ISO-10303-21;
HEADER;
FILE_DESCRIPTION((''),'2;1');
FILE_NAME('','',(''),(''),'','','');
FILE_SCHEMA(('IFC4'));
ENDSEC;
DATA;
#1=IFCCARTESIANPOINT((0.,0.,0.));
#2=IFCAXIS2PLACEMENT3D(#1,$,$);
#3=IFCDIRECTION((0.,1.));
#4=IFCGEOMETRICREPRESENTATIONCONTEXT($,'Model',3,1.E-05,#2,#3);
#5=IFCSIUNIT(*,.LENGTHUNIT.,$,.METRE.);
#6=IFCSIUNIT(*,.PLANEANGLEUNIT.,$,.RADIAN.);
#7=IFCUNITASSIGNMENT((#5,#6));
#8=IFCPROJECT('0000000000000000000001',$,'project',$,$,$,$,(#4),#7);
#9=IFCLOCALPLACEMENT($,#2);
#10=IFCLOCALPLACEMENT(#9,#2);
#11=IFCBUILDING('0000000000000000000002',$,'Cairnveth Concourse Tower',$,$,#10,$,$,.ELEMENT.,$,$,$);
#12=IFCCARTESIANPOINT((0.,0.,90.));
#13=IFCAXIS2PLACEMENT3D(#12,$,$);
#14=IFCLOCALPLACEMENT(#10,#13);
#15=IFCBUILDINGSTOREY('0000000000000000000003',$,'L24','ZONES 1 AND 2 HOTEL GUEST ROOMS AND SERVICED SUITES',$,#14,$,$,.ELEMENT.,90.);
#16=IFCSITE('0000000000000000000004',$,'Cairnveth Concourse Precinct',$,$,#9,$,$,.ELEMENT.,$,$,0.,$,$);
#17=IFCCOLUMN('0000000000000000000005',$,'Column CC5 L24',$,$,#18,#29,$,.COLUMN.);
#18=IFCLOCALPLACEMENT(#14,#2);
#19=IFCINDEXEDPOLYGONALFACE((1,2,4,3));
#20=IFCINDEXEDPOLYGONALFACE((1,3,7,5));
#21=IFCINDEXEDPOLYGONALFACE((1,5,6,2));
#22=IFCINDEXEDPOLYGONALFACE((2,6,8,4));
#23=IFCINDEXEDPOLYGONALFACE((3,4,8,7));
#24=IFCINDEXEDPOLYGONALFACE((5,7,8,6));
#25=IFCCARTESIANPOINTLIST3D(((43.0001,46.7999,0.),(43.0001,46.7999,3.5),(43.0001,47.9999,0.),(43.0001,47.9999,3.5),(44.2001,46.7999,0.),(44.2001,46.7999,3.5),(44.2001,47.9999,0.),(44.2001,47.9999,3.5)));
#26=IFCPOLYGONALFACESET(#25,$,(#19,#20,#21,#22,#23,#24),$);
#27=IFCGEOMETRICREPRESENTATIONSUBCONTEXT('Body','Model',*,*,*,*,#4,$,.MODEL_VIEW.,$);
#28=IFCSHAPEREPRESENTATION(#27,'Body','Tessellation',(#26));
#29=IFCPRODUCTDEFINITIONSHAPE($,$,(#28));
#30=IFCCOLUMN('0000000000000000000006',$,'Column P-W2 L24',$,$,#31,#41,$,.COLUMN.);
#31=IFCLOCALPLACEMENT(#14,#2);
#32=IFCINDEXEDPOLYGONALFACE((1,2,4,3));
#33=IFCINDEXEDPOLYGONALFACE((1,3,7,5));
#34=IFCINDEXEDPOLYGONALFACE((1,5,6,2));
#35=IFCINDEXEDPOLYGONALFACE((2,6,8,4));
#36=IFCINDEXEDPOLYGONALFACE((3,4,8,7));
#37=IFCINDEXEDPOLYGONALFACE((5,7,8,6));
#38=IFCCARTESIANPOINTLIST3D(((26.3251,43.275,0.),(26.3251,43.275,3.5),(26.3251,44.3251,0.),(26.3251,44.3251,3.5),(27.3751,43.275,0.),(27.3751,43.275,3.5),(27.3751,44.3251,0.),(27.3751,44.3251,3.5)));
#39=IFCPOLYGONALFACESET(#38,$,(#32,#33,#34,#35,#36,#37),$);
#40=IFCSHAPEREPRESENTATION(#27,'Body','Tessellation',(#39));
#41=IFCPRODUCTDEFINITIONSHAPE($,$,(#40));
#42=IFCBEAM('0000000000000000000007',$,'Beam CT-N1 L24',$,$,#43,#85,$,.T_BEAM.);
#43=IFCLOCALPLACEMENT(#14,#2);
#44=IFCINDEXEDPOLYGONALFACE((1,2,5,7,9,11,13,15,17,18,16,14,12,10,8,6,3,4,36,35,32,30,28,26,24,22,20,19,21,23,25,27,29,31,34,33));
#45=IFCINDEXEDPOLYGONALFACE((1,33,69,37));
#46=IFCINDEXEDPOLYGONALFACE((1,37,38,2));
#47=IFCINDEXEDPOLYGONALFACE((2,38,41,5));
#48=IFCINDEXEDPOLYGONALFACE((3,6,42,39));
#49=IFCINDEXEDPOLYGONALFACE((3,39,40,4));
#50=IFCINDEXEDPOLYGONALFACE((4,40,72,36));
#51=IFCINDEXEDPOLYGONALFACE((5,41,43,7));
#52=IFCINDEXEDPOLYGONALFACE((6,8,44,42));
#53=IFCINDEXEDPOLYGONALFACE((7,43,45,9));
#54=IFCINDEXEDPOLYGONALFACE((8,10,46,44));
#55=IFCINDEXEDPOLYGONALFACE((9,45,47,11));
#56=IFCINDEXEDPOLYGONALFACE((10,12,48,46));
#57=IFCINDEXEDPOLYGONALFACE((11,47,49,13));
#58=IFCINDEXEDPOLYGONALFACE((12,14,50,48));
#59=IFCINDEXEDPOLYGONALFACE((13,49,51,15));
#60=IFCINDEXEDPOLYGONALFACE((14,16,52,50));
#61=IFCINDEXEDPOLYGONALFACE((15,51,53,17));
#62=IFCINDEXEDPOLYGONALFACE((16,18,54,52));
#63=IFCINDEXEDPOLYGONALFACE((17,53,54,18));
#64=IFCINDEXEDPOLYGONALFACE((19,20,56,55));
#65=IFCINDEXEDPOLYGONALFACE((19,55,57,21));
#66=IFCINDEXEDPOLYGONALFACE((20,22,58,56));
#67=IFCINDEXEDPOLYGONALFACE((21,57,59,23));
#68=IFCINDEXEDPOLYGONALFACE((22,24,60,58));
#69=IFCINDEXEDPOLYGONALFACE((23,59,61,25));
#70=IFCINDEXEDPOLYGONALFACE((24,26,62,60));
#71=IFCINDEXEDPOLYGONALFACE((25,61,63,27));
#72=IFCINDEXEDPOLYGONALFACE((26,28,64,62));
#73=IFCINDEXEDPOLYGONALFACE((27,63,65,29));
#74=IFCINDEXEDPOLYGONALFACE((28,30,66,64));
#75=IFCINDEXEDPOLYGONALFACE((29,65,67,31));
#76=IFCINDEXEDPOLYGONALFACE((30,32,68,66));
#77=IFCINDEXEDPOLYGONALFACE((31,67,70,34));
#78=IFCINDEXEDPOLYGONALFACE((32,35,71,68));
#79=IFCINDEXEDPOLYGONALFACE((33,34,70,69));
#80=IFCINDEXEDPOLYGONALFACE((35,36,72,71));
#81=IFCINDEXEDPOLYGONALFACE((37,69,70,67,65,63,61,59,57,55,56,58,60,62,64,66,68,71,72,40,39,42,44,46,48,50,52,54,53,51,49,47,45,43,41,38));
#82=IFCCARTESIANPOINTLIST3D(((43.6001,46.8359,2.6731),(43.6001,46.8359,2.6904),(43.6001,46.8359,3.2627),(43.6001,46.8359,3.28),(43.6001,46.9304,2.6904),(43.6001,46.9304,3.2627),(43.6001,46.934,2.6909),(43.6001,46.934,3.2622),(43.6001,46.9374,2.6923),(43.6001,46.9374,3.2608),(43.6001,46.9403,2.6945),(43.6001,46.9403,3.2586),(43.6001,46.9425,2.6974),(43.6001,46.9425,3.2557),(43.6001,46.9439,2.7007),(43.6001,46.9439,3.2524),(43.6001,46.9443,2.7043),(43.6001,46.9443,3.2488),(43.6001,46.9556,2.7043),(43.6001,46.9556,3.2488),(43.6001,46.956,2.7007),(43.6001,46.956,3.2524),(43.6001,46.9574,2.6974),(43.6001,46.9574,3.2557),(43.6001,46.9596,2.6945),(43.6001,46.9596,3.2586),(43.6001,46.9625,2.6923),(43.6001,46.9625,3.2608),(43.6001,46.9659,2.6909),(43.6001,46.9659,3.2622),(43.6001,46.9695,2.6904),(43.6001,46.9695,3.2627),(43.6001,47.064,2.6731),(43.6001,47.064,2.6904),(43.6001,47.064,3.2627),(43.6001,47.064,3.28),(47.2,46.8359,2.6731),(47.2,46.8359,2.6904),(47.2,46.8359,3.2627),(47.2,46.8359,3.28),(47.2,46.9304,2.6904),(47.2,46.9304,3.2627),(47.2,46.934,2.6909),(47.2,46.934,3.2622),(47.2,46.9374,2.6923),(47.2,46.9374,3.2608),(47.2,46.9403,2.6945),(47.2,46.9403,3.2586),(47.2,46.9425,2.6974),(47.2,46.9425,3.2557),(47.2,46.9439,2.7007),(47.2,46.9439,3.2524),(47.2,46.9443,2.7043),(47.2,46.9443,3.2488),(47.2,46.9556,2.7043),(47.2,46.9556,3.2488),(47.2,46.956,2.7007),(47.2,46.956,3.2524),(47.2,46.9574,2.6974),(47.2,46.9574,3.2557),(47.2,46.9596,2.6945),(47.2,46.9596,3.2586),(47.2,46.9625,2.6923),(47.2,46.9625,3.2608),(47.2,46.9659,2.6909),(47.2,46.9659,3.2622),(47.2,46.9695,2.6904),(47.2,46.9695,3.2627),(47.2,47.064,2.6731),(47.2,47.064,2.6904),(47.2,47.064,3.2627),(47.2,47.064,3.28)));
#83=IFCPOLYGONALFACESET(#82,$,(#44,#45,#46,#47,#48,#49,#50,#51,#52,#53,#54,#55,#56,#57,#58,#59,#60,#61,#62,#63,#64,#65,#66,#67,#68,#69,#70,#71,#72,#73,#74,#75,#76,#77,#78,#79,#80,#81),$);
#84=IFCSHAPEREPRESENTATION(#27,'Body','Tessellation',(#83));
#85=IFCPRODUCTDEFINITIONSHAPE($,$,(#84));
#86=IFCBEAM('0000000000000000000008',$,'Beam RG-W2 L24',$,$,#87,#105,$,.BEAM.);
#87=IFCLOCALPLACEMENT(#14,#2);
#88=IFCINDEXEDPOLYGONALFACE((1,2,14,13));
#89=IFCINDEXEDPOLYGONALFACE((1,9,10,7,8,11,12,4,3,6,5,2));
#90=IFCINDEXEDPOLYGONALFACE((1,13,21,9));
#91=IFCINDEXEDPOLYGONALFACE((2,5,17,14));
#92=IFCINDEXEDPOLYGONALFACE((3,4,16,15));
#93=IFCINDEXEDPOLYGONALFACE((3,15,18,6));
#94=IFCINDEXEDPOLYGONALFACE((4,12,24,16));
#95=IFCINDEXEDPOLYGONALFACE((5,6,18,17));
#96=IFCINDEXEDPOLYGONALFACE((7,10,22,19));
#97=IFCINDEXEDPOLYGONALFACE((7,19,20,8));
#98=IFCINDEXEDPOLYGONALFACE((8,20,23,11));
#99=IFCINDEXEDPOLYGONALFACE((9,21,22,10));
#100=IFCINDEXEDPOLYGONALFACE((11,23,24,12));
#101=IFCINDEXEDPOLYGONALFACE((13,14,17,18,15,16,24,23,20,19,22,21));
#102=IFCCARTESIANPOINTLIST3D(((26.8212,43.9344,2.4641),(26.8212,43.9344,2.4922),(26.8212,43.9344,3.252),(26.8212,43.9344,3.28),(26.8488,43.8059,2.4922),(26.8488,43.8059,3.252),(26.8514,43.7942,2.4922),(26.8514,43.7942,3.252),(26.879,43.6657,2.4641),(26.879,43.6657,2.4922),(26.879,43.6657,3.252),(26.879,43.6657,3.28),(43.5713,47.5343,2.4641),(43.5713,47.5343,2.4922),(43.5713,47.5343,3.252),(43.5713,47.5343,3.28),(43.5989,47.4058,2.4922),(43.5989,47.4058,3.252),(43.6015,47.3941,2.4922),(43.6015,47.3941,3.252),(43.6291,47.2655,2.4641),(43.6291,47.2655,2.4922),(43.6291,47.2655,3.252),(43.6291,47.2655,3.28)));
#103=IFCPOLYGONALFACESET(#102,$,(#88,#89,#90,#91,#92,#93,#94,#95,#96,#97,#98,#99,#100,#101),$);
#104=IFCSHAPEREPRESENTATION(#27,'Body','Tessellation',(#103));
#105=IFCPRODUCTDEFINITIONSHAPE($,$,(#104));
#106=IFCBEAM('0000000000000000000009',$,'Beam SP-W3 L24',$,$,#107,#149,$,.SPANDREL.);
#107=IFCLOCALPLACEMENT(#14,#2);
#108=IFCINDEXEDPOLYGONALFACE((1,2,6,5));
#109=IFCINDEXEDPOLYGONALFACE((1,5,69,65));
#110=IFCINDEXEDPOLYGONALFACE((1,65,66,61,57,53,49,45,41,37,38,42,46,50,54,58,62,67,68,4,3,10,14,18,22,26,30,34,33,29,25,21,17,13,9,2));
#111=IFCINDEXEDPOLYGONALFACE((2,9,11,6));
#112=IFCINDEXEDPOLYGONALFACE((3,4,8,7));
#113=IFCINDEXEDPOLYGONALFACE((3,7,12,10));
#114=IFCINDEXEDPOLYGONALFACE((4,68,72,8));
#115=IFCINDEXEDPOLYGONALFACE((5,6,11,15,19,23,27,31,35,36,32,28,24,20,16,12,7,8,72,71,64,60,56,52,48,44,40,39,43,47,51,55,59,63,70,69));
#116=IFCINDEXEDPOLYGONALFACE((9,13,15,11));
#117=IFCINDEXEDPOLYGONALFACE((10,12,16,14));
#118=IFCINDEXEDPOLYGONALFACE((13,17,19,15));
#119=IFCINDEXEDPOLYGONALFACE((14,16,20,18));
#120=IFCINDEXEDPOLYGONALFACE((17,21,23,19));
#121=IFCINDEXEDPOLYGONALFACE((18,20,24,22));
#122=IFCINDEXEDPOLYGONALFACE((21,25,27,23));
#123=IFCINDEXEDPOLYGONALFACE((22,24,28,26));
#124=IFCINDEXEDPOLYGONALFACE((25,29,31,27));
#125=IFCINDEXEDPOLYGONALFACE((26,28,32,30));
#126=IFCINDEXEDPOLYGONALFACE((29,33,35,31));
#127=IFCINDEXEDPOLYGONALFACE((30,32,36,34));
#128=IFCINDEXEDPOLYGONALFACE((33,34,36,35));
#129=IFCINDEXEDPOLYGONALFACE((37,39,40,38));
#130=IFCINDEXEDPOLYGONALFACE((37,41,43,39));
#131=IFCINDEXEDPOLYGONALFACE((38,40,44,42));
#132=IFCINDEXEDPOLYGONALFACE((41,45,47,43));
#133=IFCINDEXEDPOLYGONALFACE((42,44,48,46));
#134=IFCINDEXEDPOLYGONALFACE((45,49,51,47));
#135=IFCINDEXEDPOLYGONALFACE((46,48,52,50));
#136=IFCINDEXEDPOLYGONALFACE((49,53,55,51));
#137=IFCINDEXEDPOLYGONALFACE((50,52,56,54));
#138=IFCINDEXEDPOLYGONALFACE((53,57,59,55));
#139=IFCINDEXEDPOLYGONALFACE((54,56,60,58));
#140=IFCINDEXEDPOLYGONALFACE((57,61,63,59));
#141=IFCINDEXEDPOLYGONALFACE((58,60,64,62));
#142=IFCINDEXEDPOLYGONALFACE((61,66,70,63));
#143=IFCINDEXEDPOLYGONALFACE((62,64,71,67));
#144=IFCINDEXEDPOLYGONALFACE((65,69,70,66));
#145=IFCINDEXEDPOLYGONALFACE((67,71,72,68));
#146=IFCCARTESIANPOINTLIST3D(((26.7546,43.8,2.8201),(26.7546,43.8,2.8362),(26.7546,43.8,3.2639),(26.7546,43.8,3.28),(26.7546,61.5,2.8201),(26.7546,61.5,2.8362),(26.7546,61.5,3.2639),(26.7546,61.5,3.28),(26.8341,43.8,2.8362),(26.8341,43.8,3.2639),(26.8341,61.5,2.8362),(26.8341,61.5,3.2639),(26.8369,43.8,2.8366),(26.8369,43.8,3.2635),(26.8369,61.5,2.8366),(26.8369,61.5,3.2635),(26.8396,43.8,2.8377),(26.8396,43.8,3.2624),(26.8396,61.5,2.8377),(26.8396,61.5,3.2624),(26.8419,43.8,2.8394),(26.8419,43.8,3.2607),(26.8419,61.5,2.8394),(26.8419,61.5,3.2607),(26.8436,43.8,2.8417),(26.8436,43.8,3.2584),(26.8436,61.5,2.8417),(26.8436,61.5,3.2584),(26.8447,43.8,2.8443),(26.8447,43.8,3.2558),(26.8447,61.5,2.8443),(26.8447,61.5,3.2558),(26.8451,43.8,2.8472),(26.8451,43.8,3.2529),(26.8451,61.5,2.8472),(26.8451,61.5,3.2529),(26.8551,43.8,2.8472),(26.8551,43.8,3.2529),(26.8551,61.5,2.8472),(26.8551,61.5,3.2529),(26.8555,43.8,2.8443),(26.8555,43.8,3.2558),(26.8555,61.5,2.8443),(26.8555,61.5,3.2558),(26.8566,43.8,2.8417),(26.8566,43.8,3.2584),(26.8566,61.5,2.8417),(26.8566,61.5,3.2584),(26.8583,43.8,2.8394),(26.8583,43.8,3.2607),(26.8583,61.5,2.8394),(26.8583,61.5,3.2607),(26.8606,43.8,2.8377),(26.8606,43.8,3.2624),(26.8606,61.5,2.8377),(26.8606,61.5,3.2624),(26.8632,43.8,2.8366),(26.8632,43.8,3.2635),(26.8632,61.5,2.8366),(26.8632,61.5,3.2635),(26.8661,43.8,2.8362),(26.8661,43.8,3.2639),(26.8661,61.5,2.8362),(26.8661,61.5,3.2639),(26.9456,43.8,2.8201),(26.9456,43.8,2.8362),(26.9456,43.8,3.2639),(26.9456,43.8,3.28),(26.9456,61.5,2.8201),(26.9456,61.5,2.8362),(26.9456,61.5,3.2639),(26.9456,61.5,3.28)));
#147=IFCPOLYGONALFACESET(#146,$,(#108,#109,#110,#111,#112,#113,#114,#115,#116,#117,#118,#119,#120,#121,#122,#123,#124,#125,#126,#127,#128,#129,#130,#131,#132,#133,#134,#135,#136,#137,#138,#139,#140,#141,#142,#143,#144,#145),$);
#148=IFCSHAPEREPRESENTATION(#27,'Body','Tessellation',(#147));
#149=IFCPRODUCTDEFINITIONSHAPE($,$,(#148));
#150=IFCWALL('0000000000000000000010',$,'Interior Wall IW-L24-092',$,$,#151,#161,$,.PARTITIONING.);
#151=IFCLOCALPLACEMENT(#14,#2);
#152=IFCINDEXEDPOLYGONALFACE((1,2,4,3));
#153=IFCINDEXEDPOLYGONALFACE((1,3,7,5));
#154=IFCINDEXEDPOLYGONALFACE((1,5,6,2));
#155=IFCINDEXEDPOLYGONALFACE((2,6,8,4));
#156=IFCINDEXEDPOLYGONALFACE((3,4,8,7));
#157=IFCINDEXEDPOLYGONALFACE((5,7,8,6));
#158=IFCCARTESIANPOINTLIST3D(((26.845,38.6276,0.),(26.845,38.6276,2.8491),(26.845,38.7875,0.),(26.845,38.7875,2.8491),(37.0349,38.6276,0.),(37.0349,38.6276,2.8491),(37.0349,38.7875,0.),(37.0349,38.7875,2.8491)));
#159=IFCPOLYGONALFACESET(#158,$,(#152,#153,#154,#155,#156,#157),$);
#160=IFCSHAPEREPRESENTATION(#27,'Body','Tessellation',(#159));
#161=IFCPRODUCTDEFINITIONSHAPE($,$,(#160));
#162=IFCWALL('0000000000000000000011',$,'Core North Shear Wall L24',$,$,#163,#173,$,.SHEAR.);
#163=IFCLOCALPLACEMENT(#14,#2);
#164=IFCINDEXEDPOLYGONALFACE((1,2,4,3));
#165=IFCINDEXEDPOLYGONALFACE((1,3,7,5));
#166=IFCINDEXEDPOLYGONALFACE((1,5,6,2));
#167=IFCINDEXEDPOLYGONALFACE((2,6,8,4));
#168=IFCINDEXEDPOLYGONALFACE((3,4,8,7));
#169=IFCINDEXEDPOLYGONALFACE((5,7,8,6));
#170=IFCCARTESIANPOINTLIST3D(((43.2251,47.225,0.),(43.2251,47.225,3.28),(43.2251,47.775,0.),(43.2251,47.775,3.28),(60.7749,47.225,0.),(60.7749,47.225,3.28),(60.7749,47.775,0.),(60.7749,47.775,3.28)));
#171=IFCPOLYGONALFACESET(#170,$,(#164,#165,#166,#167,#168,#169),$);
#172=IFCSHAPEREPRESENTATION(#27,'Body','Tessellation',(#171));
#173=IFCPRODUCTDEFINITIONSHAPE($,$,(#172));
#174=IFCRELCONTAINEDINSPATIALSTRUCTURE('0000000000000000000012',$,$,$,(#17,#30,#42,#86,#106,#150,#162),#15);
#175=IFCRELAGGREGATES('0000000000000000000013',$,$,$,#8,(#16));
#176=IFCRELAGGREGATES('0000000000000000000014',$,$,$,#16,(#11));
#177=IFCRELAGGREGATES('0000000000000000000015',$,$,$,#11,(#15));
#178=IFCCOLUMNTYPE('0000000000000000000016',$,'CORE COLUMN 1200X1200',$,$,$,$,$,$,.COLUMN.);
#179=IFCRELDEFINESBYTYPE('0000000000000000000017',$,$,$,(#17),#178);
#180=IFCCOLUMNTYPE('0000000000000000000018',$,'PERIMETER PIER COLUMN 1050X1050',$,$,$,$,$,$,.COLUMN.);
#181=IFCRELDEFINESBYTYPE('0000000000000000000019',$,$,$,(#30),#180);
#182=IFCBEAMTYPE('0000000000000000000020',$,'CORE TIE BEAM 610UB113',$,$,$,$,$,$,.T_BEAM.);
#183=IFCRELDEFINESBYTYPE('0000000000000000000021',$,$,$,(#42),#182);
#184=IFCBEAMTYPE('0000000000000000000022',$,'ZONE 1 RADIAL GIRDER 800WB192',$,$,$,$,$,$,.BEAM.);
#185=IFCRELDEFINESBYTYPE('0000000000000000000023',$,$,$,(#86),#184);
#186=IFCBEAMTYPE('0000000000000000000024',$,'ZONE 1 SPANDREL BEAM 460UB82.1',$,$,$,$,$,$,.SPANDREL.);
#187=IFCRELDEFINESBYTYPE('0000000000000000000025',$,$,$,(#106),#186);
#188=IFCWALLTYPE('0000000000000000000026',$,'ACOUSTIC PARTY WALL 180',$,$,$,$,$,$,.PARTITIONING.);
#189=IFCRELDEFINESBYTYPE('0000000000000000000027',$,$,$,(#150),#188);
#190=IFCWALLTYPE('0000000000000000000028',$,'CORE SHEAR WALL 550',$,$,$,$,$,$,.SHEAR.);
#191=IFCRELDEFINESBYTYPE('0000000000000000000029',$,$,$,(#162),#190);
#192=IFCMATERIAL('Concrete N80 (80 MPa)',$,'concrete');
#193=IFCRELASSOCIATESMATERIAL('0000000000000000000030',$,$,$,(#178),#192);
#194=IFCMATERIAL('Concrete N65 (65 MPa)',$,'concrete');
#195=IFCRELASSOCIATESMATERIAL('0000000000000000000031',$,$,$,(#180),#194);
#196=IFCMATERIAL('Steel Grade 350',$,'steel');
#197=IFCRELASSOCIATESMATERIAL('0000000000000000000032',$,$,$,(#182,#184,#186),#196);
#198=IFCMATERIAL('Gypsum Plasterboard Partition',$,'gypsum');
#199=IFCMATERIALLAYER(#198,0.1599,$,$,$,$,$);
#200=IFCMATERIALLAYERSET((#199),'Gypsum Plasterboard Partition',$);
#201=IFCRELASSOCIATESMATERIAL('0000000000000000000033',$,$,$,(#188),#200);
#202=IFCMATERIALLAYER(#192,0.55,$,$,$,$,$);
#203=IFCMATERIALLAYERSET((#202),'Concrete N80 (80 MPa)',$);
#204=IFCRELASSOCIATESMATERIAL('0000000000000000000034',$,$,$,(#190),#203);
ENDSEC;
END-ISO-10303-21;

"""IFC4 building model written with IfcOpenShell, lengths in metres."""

from ifc_helpers import new_model, si_unit, direction, frame, frame_2d, origin, origin_2d, place, context, subcontext, project, spatial, rectangle, i_section, extrude, material, layer, layer_set, material_profile, profile_set, type_object, element, save


model = new_model("IFC4")

# Units and contexts
model_context = context("Model", 3, precision=1e-05, world=origin(), true_north=direction((0.0, 1.0)))
body_context = subcontext(model_context, "Body", "Model", "MODEL_VIEW")
ifc_project = project(units=[si_unit("LENGTHUNIT", "METRE"), si_unit("PLANEANGLEUNIT", "RADIAN")], contexts=[model_context])

# Site, building, storey
site_placement = place(None, origin())
site = spatial("IfcSite", under=ifc_project, at=site_placement, Name="Cairnveth Concourse Precinct", CompositionType="ELEMENT", RefElevation=0.0)
building_placement = place(site_placement, origin())
building = spatial("IfcBuilding", under=site, at=building_placement, Name="Cairnveth Concourse Tower", CompositionType="ELEMENT")
storey_placement = place(building_placement, frame((0.0, 0.0, 90.0)))
storey = spatial("IfcBuildingStorey", under=building, at=storey_placement, Name="L24", Description="ZONES 1 AND 2 HOTEL GUEST ROOMS AND SERVICED SUITES", CompositionType="ELEMENT", Elevation=90.0)

# Columns
ifc_material_1 = material(Name="Concrete N80 (80 MPa)", Category="concrete")
ifc_material_profile_1 = material_profile(ifc_material_1, rectangle(XDim=1.2, YDim=1.2, at=origin_2d()), Name="RC-COL-1200x1200")
ifc_profile_set_1 = profile_set([ifc_material_profile_1], Name="Concrete N80 (80 MPa)")
column_type_1 = type_object("IfcColumnType", Name="CORE COLUMN 1200X1200", PredefinedType="COLUMN", material=ifc_profile_set_1)
column_1_placement = place(storey_placement, frame((43.6001, 47.3999, 0.0), z_axis=(0.0, 0.0, 1.0), x_axis=(1.0, 0.0, 0.0)))
element("IfcColumn", 1, at=column_1_placement, inside=storey, type_object=column_type_1, Name="Column CC5 L24", PredefinedType="COLUMN", context=body_context, shape_type="SweptSolid", body=[
    extrude(rectangle(XDim=1.2, YDim=1.2, at=origin_2d()), origin(), (0.0, 0.0, 1.0), 3.5),
])
ifc_material_2 = material(Name="Concrete N65 (65 MPa)", Category="concrete")
ifc_material_profile_2 = material_profile(ifc_material_2, rectangle(XDim=1.05, YDim=1.05, at=origin_2d()), Name="RC-COL-1050x1050")
ifc_profile_set_2 = profile_set([ifc_material_profile_2], Name="Concrete N65 (65 MPa)")
column_type_2 = type_object("IfcColumnType", Name="PERIMETER PIER COLUMN 1050X1050", PredefinedType="COLUMN", material=ifc_profile_set_2)
column_2_placement = place(storey_placement, frame((26.8501, 43.8, 0.0), z_axis=(0.0, 0.0, 1.0), x_axis=(0.0, 1.0, 0.0)))
element("IfcColumn", 2, at=column_2_placement, inside=storey, type_object=column_type_2, Name="Column P-W2 L24", PredefinedType="COLUMN", context=body_context, shape_type="SweptSolid", body=[
    extrude(rectangle(XDim=1.05, YDim=1.05, at=origin_2d()), origin(), (0.0, 0.0, 1.0), 3.5),
])

# Beams
ifc_material_3 = material(Name="Steel Grade 350", Category="steel")
ifc_material_profile_3 = material_profile(ifc_material_3, i_section(OverallWidth=0.228, OverallDepth=0.6069, WebThickness=0.0112, FlangeThickness=0.0173, FilletRadius=0.0139, at=origin_2d()), Name="610UB113")
ifc_profile_set_3 = profile_set([ifc_material_profile_3], Name="Steel Grade 350")
beam_type_1 = type_object("IfcBeamType", Name="CORE TIE BEAM 610UB113", PredefinedType="T_BEAM", material=ifc_profile_set_3)
beam_1_placement = place(storey_placement, frame((43.6001, 46.95, 2.9766), z_axis=(1.0, 0.0, 0.0), x_axis=(0.0, 1.0, 0.0)))
element("IfcBeam", 3, at=beam_1_placement, inside=storey, type_object=beam_type_1, Name="Beam CT-N1 L24", PredefinedType="T_BEAM", context=body_context, shape_type="SweptSolid", body=[
    extrude(i_section(OverallWidth=0.228, OverallDepth=0.6069, WebThickness=0.0112, FlangeThickness=0.0173, FilletRadius=0.0139, at=origin_2d()), origin(), (0.0, 0.0, 1.0), 3.5999),
])
ifc_material_profile_4 = material_profile(ifc_material_3, i_section(OverallWidth=0.2749, OverallDepth=0.8159, WebThickness=0.012, FlangeThickness=0.0281, at=origin_2d()), Name="800WB192")
ifc_profile_set_4 = profile_set([ifc_material_profile_4], Name="Steel Grade 350")
beam_type_2 = type_object("IfcBeamType", Name="ZONE 1 RADIAL GIRDER 800WB192", PredefinedType="BEAM", material=ifc_profile_set_4)
beam_2_placement = place(storey_placement, frame((26.8501, 43.8, 2.8721), z_axis=(0.977676, 0.210119, 0.0), x_axis=(-0.210119, 0.977676, 0.0)))
element("IfcBeam", 4, at=beam_2_placement, inside=storey, type_object=beam_type_2, Name="Beam RG-W2 L24", PredefinedType="BEAM", context=body_context, shape_type="SweptSolid", body=[
    extrude(i_section(OverallWidth=0.2749, OverallDepth=0.8159, WebThickness=0.012, FlangeThickness=0.0281, at=origin_2d()), origin(), (0.0, 0.0, 1.0), 17.1326),
])
ifc_material_profile_5 = material_profile(ifc_material_3, i_section(OverallWidth=0.1909, OverallDepth=0.46, WebThickness=0.01, FlangeThickness=0.0161, FilletRadius=0.011, at=origin_2d()), Name="460UB82.1")
ifc_profile_set_5 = profile_set([ifc_material_profile_5], Name="Steel Grade 350")
beam_type_3 = type_object("IfcBeamType", Name="ZONE 1 SPANDREL BEAM 460UB82.1", PredefinedType="SPANDREL", material=ifc_profile_set_5)
beam_3_placement = place(storey_placement, frame((26.8501, 43.8, 3.05), z_axis=(0.0, 1.0, 0.0), x_axis=(-1.0, 0.0, 0.0)))
element("IfcBeam", 5, at=beam_3_placement, inside=storey, type_object=beam_type_3, Name="Beam SP-W3 L24", PredefinedType="SPANDREL", context=body_context, shape_type="SweptSolid", body=[
    extrude(i_section(OverallWidth=0.1909, OverallDepth=0.46, WebThickness=0.01, FlangeThickness=0.0161, FilletRadius=0.011, at=origin_2d()), origin(), (0.0, 0.0, 1.0), 17.7),
])

# Walls
ifc_material_4 = material(Name="Gypsum Plasterboard Partition", Category="gypsum")
ifc_layer_1 = layer(ifc_material_4, 0.1599)
ifc_layer_set_1 = layer_set([ifc_layer_1], Name="Gypsum Plasterboard Partition")
wall_type_1 = type_object("IfcWallType", Name="ACOUSTIC PARTY WALL 180", PredefinedType="PARTITIONING", material=ifc_layer_set_1)
wall_1_placement = place(storey_placement, frame((26.845, 38.7075, 0.0), z_axis=(0.0, 0.0, 1.0), x_axis=(1.0, 0.0, 0.0)))
element("IfcWall", 6, at=wall_1_placement, inside=storey, type_object=wall_type_1, Name="Interior Wall IW-L24-092", PredefinedType="PARTITIONING", context=body_context, shape_type="SweptSolid", body=[
    extrude(rectangle(XDim=10.1899, YDim=0.1599, at=frame_2d((5.095, 0.0))), origin(), (0.0, 0.0, 1.0), 2.8491),
])
ifc_layer_2 = layer(ifc_material_1, 0.55)
ifc_layer_set_2 = layer_set([ifc_layer_2], Name="Concrete N80 (80 MPa)")
wall_type_2 = type_object("IfcWallType", Name="CORE SHEAR WALL 550", PredefinedType="SHEAR", material=ifc_layer_set_2)
wall_2_placement = place(storey_placement, frame((43.2251, 47.5, 0.0), z_axis=(0.0, 0.0, 1.0), x_axis=(1.0, 0.0, 0.0)))
element("IfcWall", 7, at=wall_2_placement, inside=storey, type_object=wall_type_2, Name="Core North Shear Wall L24", PredefinedType="SHEAR", context=body_context, shape_type="SweptSolid", body=[
    extrude(rectangle(XDim=17.5498, YDim=0.55, at=frame_2d((8.7749, 0.0))), origin(), (0.0, 0.0, 1.0), 3.28),
])

save(model, "model.ifc")
